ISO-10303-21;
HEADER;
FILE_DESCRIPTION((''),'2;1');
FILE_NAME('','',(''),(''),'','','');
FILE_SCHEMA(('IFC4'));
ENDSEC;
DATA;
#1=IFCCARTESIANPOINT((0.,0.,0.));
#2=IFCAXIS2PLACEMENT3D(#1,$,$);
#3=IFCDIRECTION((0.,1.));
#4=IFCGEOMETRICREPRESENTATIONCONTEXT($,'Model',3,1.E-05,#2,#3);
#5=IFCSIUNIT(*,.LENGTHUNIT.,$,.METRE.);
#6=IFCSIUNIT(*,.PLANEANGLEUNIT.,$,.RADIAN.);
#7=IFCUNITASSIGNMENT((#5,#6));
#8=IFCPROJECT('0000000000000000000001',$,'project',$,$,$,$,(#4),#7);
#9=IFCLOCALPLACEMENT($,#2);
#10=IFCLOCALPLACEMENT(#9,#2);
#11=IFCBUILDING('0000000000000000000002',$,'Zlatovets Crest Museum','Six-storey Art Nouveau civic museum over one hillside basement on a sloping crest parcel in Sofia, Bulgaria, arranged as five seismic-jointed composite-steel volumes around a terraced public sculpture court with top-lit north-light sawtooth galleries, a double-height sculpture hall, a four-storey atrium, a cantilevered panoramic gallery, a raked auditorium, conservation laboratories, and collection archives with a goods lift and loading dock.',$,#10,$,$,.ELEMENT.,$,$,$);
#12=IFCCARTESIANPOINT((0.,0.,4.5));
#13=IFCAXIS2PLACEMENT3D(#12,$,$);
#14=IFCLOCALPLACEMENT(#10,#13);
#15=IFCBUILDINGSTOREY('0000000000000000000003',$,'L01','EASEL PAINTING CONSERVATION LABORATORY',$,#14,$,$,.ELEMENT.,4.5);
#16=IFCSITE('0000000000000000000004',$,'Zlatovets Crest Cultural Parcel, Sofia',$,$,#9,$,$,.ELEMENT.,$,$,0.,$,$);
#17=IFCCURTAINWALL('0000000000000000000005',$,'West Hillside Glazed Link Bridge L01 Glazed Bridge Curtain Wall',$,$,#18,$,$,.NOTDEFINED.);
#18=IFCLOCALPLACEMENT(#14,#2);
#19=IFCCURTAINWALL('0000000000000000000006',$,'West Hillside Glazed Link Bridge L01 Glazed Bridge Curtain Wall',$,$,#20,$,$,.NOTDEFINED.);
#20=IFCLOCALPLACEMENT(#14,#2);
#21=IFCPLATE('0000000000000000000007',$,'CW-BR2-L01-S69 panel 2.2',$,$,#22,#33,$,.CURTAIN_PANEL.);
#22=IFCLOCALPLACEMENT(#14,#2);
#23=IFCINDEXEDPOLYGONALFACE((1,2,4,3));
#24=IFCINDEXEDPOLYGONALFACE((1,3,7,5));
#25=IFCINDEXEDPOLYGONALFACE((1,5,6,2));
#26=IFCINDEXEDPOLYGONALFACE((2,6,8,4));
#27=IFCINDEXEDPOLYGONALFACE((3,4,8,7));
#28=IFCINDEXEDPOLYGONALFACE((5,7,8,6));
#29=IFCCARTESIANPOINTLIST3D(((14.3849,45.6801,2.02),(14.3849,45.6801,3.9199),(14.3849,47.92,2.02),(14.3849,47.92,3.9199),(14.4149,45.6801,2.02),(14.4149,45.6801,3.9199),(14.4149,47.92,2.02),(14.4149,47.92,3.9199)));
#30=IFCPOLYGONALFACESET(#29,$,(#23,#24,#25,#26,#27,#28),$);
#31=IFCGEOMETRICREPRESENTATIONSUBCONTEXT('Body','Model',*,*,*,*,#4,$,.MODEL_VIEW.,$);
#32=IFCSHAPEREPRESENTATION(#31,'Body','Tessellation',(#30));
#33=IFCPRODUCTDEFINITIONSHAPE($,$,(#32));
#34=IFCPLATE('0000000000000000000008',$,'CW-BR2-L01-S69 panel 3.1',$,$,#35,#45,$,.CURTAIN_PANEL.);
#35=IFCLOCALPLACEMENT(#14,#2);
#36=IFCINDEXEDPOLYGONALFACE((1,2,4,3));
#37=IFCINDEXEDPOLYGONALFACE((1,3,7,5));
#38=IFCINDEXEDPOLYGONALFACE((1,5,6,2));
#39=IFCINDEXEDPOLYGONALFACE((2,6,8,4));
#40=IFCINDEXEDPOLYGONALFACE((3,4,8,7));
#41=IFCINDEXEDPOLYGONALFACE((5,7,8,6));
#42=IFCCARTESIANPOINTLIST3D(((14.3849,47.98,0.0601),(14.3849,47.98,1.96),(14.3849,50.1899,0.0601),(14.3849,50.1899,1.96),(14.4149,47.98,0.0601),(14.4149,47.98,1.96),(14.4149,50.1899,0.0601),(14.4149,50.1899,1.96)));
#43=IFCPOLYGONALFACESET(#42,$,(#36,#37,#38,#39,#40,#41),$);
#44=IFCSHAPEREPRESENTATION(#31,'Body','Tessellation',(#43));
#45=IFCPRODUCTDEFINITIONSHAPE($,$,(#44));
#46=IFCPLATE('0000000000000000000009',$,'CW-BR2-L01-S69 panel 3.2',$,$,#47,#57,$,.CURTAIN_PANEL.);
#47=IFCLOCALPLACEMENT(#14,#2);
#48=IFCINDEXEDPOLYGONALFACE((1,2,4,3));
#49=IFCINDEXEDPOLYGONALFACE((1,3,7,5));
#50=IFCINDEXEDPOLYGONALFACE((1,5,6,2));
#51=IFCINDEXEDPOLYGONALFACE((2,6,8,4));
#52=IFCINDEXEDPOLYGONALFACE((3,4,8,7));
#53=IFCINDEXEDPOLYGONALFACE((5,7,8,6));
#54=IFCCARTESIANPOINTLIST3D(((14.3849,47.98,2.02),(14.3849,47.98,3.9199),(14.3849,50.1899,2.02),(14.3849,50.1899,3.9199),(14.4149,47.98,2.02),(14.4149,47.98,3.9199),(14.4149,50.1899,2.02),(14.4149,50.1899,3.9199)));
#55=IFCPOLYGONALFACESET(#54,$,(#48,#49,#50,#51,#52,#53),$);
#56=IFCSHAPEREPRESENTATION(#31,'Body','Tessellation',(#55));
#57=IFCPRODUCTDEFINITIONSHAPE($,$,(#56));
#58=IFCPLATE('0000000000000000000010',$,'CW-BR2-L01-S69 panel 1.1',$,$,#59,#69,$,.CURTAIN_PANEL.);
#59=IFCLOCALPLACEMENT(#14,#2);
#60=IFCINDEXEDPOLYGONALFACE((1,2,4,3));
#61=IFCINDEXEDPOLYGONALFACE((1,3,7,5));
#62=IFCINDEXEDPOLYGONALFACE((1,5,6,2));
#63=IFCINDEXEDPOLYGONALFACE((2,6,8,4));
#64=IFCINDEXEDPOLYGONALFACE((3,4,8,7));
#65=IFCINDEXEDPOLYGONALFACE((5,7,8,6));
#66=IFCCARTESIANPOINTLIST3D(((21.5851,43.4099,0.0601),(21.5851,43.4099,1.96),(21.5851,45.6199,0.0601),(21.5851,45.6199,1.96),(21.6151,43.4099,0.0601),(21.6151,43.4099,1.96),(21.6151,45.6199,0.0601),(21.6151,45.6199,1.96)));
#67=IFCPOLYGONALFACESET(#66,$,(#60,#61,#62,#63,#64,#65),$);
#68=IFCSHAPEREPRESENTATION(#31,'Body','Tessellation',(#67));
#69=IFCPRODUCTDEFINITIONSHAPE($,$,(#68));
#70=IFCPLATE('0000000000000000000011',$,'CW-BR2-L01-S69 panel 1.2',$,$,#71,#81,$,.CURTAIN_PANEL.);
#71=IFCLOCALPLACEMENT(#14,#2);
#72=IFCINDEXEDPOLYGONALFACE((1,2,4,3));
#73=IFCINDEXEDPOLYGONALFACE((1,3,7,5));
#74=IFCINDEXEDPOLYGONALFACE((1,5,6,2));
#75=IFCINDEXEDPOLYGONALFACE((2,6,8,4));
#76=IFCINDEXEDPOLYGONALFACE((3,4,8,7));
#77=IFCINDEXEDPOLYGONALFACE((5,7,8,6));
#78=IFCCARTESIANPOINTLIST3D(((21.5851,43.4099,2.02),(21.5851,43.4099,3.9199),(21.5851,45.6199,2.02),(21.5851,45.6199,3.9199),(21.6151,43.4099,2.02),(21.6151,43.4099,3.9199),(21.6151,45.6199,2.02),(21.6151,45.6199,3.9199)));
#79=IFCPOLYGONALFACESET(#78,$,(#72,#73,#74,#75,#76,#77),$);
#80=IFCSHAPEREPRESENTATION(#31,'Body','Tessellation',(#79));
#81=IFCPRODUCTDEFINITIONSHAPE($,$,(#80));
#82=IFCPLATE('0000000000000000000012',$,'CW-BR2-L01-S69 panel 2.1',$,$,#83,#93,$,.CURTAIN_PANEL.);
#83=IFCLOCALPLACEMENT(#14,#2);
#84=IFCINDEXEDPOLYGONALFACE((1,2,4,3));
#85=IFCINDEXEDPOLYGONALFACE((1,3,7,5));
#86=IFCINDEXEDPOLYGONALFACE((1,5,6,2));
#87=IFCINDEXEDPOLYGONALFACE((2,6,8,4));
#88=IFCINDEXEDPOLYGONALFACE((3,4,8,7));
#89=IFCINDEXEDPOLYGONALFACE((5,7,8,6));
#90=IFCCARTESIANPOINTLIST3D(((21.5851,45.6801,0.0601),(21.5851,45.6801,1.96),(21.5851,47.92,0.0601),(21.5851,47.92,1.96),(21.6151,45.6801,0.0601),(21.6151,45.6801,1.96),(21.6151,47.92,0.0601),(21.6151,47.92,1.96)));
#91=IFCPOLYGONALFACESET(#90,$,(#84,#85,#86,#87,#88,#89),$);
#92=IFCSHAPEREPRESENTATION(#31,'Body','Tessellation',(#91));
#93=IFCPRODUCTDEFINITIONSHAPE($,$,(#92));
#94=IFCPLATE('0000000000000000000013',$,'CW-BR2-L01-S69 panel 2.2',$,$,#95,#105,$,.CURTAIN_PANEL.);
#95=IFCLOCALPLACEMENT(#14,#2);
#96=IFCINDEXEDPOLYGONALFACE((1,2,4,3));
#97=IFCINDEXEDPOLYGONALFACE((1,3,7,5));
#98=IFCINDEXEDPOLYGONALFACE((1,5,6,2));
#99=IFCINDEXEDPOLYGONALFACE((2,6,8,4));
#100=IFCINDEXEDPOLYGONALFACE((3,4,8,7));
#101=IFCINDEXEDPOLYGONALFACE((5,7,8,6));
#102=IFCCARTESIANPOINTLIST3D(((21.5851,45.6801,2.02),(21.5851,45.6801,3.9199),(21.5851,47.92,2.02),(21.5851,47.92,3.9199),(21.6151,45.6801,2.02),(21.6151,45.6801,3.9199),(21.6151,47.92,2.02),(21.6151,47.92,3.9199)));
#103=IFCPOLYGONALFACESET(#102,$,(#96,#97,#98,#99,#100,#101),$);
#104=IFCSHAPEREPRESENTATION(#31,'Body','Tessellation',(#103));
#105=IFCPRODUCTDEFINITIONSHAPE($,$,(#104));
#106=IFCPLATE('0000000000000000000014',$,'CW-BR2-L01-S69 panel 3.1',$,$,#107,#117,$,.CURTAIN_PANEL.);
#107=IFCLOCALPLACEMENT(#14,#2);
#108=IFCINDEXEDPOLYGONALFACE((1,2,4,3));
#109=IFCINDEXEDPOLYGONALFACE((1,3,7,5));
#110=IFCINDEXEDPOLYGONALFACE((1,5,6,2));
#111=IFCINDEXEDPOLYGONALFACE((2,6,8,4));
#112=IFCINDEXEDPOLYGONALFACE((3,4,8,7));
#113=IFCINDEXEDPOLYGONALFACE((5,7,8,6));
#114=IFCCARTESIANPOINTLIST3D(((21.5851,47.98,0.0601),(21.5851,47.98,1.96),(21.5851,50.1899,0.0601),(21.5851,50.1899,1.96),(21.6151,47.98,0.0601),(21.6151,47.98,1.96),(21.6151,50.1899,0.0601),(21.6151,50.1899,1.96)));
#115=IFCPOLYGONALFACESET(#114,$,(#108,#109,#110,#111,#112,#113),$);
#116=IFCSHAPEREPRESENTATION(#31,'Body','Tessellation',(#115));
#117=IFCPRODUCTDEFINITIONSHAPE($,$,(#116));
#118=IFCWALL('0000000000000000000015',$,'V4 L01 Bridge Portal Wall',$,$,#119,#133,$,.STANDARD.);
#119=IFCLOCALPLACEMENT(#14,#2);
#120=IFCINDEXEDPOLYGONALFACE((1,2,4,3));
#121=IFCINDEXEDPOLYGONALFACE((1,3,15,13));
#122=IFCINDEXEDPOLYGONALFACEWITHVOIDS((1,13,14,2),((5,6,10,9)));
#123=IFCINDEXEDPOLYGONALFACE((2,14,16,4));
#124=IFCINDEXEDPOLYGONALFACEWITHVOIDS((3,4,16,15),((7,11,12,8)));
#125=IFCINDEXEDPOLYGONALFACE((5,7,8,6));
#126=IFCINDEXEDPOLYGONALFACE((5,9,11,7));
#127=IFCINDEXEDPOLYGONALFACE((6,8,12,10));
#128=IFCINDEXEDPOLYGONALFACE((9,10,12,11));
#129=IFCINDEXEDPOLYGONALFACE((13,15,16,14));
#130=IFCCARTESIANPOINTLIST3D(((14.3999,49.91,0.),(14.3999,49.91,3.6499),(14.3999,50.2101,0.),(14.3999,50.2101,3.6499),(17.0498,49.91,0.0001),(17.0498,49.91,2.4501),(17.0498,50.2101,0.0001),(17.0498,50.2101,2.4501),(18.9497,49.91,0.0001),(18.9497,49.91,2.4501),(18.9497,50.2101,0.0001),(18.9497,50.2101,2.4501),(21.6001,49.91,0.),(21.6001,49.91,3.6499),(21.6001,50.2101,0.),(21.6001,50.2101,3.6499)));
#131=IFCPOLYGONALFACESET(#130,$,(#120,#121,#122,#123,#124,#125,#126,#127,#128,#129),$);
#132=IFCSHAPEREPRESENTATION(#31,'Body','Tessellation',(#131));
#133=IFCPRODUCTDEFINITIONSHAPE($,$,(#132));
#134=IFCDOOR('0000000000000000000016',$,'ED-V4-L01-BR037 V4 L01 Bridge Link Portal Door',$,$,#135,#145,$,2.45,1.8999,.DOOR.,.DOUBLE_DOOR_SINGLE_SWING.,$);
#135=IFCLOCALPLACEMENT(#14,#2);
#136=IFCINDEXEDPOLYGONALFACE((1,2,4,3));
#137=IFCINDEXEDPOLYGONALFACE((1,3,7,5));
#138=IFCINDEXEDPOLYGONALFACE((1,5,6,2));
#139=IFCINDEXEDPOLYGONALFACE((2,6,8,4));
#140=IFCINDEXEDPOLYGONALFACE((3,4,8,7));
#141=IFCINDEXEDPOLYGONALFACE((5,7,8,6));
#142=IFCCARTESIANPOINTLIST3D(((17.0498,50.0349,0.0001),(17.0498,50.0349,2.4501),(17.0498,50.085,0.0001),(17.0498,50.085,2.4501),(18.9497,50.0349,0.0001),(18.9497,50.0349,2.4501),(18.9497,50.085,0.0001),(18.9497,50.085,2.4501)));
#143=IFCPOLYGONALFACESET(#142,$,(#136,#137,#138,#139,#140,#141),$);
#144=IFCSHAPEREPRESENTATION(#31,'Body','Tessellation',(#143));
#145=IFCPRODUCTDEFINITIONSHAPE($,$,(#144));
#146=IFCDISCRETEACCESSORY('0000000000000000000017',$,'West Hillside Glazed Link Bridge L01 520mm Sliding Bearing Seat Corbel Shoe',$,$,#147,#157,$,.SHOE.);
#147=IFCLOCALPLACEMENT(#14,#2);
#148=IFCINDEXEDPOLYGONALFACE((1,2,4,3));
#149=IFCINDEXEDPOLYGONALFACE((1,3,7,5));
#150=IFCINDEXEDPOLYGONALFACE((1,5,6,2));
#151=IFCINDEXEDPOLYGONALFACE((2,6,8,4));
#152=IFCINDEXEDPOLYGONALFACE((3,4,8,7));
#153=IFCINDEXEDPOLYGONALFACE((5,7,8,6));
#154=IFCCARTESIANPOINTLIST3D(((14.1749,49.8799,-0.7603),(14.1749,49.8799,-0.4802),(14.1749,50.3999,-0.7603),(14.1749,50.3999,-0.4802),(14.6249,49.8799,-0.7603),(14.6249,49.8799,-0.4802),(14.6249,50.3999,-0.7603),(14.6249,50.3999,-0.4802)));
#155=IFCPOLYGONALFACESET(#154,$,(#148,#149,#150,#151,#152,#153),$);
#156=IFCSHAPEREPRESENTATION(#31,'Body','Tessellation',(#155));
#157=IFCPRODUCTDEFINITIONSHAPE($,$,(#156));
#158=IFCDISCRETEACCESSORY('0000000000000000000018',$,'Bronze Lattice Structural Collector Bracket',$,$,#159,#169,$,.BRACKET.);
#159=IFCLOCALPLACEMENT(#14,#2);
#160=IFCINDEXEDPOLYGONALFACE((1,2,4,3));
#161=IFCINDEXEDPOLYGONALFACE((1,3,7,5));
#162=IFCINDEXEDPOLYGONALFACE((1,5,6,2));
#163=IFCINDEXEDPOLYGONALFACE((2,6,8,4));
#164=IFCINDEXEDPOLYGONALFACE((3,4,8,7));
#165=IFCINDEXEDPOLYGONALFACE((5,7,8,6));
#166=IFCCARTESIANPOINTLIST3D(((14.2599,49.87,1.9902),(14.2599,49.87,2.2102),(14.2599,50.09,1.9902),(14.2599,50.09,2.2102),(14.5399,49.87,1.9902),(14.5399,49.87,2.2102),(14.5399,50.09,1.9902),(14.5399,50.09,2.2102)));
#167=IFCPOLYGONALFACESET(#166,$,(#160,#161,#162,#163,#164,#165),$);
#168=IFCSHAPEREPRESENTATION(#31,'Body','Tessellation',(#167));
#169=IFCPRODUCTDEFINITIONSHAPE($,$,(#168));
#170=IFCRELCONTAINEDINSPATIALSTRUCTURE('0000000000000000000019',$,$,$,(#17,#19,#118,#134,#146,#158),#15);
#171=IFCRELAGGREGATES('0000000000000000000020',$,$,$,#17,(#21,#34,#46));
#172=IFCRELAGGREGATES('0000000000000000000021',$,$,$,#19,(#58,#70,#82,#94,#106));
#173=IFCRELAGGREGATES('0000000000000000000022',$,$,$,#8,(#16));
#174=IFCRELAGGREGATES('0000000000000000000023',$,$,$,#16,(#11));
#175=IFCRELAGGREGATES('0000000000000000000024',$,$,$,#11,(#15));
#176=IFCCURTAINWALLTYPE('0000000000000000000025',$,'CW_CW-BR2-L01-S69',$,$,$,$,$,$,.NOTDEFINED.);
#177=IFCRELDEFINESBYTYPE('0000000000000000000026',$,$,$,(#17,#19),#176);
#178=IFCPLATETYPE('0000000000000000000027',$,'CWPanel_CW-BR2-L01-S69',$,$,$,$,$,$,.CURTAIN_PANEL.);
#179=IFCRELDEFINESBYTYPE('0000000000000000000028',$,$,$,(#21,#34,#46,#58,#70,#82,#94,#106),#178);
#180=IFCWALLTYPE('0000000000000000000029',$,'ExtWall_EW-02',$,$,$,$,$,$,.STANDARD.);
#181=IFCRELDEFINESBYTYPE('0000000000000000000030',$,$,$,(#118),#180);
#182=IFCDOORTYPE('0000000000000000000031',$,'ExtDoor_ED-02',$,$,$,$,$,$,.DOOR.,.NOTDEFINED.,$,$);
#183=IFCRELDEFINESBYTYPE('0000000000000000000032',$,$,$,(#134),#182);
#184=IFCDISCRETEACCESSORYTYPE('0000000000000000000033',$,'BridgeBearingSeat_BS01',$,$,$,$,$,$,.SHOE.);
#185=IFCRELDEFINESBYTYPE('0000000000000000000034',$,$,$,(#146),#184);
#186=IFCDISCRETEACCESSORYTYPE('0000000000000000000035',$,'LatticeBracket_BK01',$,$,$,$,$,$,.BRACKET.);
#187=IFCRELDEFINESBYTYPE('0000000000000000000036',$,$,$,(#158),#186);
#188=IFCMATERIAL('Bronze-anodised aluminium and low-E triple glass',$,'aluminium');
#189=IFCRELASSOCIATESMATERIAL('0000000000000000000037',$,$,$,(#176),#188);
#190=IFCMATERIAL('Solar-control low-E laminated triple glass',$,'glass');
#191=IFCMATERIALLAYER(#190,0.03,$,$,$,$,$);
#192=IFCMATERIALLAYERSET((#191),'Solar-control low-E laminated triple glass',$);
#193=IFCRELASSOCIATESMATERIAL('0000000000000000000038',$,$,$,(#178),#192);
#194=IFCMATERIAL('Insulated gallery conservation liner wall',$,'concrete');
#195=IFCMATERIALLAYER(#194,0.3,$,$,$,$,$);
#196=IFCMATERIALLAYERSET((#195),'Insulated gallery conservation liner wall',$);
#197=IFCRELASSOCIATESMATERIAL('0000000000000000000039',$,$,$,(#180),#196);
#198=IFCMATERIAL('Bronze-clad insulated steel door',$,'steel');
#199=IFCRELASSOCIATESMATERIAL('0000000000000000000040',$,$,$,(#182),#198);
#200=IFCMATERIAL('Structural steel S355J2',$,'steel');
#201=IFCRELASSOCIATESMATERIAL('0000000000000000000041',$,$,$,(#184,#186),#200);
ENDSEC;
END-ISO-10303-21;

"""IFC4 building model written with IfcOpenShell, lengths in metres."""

from ifc_helpers import new_model, si_unit, direction, frame, frame_2d, origin, origin_2d, place, context, subcontext, project, spatial, rectangle, extrude, material, layer, layer_set, type_object, element, fill, aggregate, save


model = new_model("IFC4")

# Units and contexts
model_context = context("Model", 3, precision=1e-05, world=origin(), true_north=direction((0.0, 1.0)))
body_context = subcontext(model_context, "Body", "Model", "MODEL_VIEW")
ifc_project = project(units=[si_unit("LENGTHUNIT", "METRE"), si_unit("PLANEANGLEUNIT", "RADIAN")], contexts=[model_context])

# Site, building, storey
site_placement = place(None, origin())
site = spatial("IfcSite", under=ifc_project, at=site_placement, Name="Zlatovets Crest Cultural Parcel, Sofia", CompositionType="ELEMENT", RefElevation=0.0)
building_placement = place(site_placement, origin())
building = spatial("IfcBuilding", under=site, at=building_placement, Name="Zlatovets Crest Museum", Description="Six-storey Art Nouveau civic museum over one hillside basement on a sloping crest parcel in Sofia, Bulgaria, arranged as five seismic-jointed composite-steel volumes around a terraced public sculpture court with top-lit north-light sawtooth galleries, a double-height sculpture hall, a four-storey atrium, a cantilevered panoramic gallery, a raked auditorium, conservation laboratories, and collection archives with a goods lift and loading dock.", CompositionType="ELEMENT")
storey_placement = place(building_placement, frame((0.0, 0.0, 4.5)))
storey = spatial("IfcBuildingStorey", under=building, at=storey_placement, Name="L01", Description="EASEL PAINTING CONSERVATION LABORATORY", CompositionType="ELEMENT", Elevation=4.5)

# Shared definitions
ifc_material_1 = material(Name="Structural steel S355J2", Category="steel")

# Curtain walls
ifc_material_2 = material(Name="Bronze-anodised aluminium and low-E triple glass", Category="aluminium")
curtain_wall_type = type_object("IfcCurtainWallType", Name="CW_CW-BR2-L01-S69", PredefinedType="NOTDEFINED", material=ifc_material_2)
curtain_wall_1_placement = place(storey_placement, origin())
curtain_wall_1 = element("IfcCurtainWall", 1, at=curtain_wall_1_placement, inside=storey, type_object=curtain_wall_type, Name="West Hillside Glazed Link Bridge L01 Glazed Bridge Curtain Wall", PredefinedType="NOTDEFINED")
curtain_wall_2_placement = place(storey_placement, origin())
curtain_wall_2 = element("IfcCurtainWall", 2, at=curtain_wall_2_placement, inside=storey, type_object=curtain_wall_type, Name="West Hillside Glazed Link Bridge L01 Glazed Bridge Curtain Wall", PredefinedType="NOTDEFINED")

# Plates
ifc_material_3 = material(Name="Solar-control low-E laminated triple glass", Category="glass")
ifc_layer_1 = layer(ifc_material_3, 0.03)
ifc_layer_set_1 = layer_set([ifc_layer_1], Name="Solar-control low-E laminated triple glass")
plate_type = type_object("IfcPlateType", Name="CWPanel_CW-BR2-L01-S69", PredefinedType="CURTAIN_PANEL", material=ifc_layer_set_1)
plate_1_placement = place(storey_placement, frame((14.3999, 46.8, 2.02), z_axis=(0.0, 0.0, 1.0), x_axis=(0.0, 1.0, 0.0)))
plate_1 = element("IfcPlate", 3, at=plate_1_placement, type_object=plate_type, Name="CW-BR2-L01-S69 panel 2.2", PredefinedType="CURTAIN_PANEL", context=body_context, shape_type="SweptSolid", body=[
    extrude(rectangle(XDim=2.24, YDim=0.03, at=origin_2d()), origin(), (0.0, 0.0, 1.0), 1.8999),
])
plate_2_placement = place(storey_placement, frame((14.3999, 49.085, 0.0601), z_axis=(0.0, 0.0, 1.0), x_axis=(0.0, 1.0, 0.0)))
plate_2 = element("IfcPlate", 4, at=plate_2_placement, type_object=plate_type, Name="CW-BR2-L01-S69 panel 3.1", PredefinedType="CURTAIN_PANEL", context=body_context, shape_type="SweptSolid", body=[
    extrude(rectangle(XDim=2.21, YDim=0.03, at=origin_2d()), origin(), (0.0, 0.0, 1.0), 1.8999),
])
plate_3_placement = place(storey_placement, frame((14.3999, 49.085, 2.02), z_axis=(0.0, 0.0, 1.0), x_axis=(0.0, 1.0, 0.0)))
plate_3 = element("IfcPlate", 5, at=plate_3_placement, type_object=plate_type, Name="CW-BR2-L01-S69 panel 3.2", PredefinedType="CURTAIN_PANEL", context=body_context, shape_type="SweptSolid", body=[
    extrude(rectangle(XDim=2.21, YDim=0.03, at=origin_2d()), origin(), (0.0, 0.0, 1.0), 1.8999),
])
aggregate(curtain_wall_1, [plate_1, plate_2, plate_3])
plate_4_placement = place(storey_placement, frame((21.6001, 44.5149, 0.0601), z_axis=(0.0, 0.0, 1.0), x_axis=(0.0, 1.0, 0.0)))
plate_4 = element("IfcPlate", 6, at=plate_4_placement, type_object=plate_type, Name="CW-BR2-L01-S69 panel 1.1", PredefinedType="CURTAIN_PANEL", context=body_context, shape_type="SweptSolid", body=[
    extrude(rectangle(XDim=2.21, YDim=0.03, at=origin_2d()), origin(), (0.0, 0.0, 1.0), 1.8999),
])
plate_5_placement = place(storey_placement, frame((21.6001, 44.5149, 2.02), z_axis=(0.0, 0.0, 1.0), x_axis=(0.0, 1.0, 0.0)))
plate_5 = element("IfcPlate", 7, at=plate_5_placement, type_object=plate_type, Name="CW-BR2-L01-S69 panel 1.2", PredefinedType="CURTAIN_PANEL", context=body_context, shape_type="SweptSolid", body=[
    extrude(rectangle(XDim=2.21, YDim=0.03, at=origin_2d()), origin(), (0.0, 0.0, 1.0), 1.8999),
])
plate_6_placement = place(storey_placement, frame((21.6001, 46.8, 0.0601), z_axis=(0.0, 0.0, 1.0), x_axis=(0.0, 1.0, 0.0)))
plate_6 = element("IfcPlate", 8, at=plate_6_placement, type_object=plate_type, Name="CW-BR2-L01-S69 panel 2.1", PredefinedType="CURTAIN_PANEL", context=body_context, shape_type="SweptSolid", body=[
    extrude(rectangle(XDim=2.24, YDim=0.03, at=origin_2d()), origin(), (0.0, 0.0, 1.0), 1.8999),
])
plate_7_placement = place(storey_placement, frame((21.6001, 46.8, 2.02), z_axis=(0.0, 0.0, 1.0), x_axis=(0.0, 1.0, 0.0)))
plate_7 = element("IfcPlate", 9, at=plate_7_placement, type_object=plate_type, Name="CW-BR2-L01-S69 panel 2.2", PredefinedType="CURTAIN_PANEL", context=body_context, shape_type="SweptSolid", body=[
    extrude(rectangle(XDim=2.24, YDim=0.03, at=origin_2d()), origin(), (0.0, 0.0, 1.0), 1.8999),
])
plate_8_placement = place(storey_placement, frame((21.6001, 49.085, 0.0601), z_axis=(0.0, 0.0, 1.0), x_axis=(0.0, 1.0, 0.0)))
plate_8 = element("IfcPlate", 10, at=plate_8_placement, type_object=plate_type, Name="CW-BR2-L01-S69 panel 3.1", PredefinedType="CURTAIN_PANEL", context=body_context, shape_type="SweptSolid", body=[
    extrude(rectangle(XDim=2.21, YDim=0.03, at=origin_2d()), origin(), (0.0, 0.0, 1.0), 1.8999),
])
aggregate(curtain_wall_2, [plate_4, plate_5, plate_6, plate_7, plate_8])

# Wall, opening, door
ifc_material_4 = material(Name="Insulated gallery conservation liner wall", Category="concrete")
ifc_layer_2 = layer(ifc_material_4, 0.3)
ifc_layer_set_2 = layer_set([ifc_layer_2], Name="Insulated gallery conservation liner wall")
wall_type = type_object("IfcWallType", Name="ExtWall_EW-02", PredefinedType="STANDARD", material=ifc_layer_set_2)
wall_placement = place(storey_placement, frame((14.3999, 50.0601, 0.0), z_axis=(0.0, 0.0, 1.0), x_axis=(1.0, 0.0, 0.0)))
wall = element("IfcWall", 11, at=wall_placement, inside=storey, type_object=wall_type, Name="V4 L01 Bridge Portal Wall", PredefinedType="STANDARD", context=body_context, shape_type="SweptSolid", body=[
    extrude(rectangle(XDim=7.2002, YDim=0.3, at=frame_2d((3.6001, 0.0))), origin(), (0.0, 0.0, 1.0), 3.6499),
])
opening_placement = place(wall_placement, frame((2.6499, 0.0, 0.0)))
opening = element("IfcOpeningElement", 12, at=opening_placement, cuts=wall, PredefinedType="OPENING", context=body_context, shape_type="SweptSolid", body=[
    extrude(rectangle(XDim=1.8999, YDim=2.45, at=frame_2d((0.95, 1.2251))), frame((0.0, 0.1602, 0.0), z_axis=(0.0, -1.0, 0.0), x_axis=(1.0, 0.0, 0.0)), (0.0, 0.0, 1.0), 0.3201),
])
ifc_material_5 = material(Name="Bronze-clad insulated steel door", Category="steel")
door_type = type_object("IfcDoorType", Name="ExtDoor_ED-02", OperationType="NOTDEFINED", PredefinedType="DOOR", material=ifc_material_5)
door_placement = place(opening_placement, origin())
door = element("IfcDoor", 13, at=door_placement, inside=storey, type_object=door_type, Name="ED-V4-L01-BR037 V4 L01 Bridge Link Portal Door", OperationType="DOUBLE_DOOR_SINGLE_SWING", OverallHeight=2.45, OverallWidth=1.8999, PredefinedType="DOOR", context=body_context, shape_type="SweptSolid", body=[
    extrude(rectangle(XDim=1.8999, YDim=2.45, at=frame_2d((0.95, 1.2251))), frame((0.0, 0.0249, 0.0), z_axis=(0.0, -1.0, 0.0), x_axis=(1.0, 0.0, 0.0)), (0.0, 0.0, 1.0), 0.05),
])
fill(opening, door)

# Discrete accessories
discrete_accessory_type_1 = type_object("IfcDiscreteAccessoryType", Name="BridgeBearingSeat_BS01", PredefinedType="SHOE", material=ifc_material_1)
discrete_accessory_1_placement = place(storey_placement, frame((14.3999, 50.1399, -0.7603), z_axis=(0.0, 0.0, 1.0), x_axis=(1.0, 0.0, 0.0)))
element("IfcDiscreteAccessory", 14, at=discrete_accessory_1_placement, inside=storey, type_object=discrete_accessory_type_1, Name="West Hillside Glazed Link Bridge L01 520mm Sliding Bearing Seat Corbel Shoe", PredefinedType="SHOE", context=body_context, shape_type="SweptSolid", body=[
    extrude(rectangle(XDim=0.45, YDim=0.52, at=origin_2d()), origin(), (0.0, 0.0, 1.0), 0.28),
])
discrete_accessory_type_2 = type_object("IfcDiscreteAccessoryType", Name="LatticeBracket_BK01", PredefinedType="BRACKET", material=ifc_material_1)
discrete_accessory_2_placement = place(storey_placement, frame((14.3999, 49.98, 1.9902), z_axis=(0.0, 0.0, 1.0), x_axis=(1.0, 0.0, 0.0)))
element("IfcDiscreteAccessory", 15, at=discrete_accessory_2_placement, inside=storey, type_object=discrete_accessory_type_2, Name="Bronze Lattice Structural Collector Bracket", PredefinedType="BRACKET", context=body_context, shape_type="SweptSolid", body=[
    extrude(rectangle(XDim=0.28, YDim=0.22, at=origin_2d()), origin(), (0.0, 0.0, 1.0), 0.22),
])

save(model, "model.ifc")
